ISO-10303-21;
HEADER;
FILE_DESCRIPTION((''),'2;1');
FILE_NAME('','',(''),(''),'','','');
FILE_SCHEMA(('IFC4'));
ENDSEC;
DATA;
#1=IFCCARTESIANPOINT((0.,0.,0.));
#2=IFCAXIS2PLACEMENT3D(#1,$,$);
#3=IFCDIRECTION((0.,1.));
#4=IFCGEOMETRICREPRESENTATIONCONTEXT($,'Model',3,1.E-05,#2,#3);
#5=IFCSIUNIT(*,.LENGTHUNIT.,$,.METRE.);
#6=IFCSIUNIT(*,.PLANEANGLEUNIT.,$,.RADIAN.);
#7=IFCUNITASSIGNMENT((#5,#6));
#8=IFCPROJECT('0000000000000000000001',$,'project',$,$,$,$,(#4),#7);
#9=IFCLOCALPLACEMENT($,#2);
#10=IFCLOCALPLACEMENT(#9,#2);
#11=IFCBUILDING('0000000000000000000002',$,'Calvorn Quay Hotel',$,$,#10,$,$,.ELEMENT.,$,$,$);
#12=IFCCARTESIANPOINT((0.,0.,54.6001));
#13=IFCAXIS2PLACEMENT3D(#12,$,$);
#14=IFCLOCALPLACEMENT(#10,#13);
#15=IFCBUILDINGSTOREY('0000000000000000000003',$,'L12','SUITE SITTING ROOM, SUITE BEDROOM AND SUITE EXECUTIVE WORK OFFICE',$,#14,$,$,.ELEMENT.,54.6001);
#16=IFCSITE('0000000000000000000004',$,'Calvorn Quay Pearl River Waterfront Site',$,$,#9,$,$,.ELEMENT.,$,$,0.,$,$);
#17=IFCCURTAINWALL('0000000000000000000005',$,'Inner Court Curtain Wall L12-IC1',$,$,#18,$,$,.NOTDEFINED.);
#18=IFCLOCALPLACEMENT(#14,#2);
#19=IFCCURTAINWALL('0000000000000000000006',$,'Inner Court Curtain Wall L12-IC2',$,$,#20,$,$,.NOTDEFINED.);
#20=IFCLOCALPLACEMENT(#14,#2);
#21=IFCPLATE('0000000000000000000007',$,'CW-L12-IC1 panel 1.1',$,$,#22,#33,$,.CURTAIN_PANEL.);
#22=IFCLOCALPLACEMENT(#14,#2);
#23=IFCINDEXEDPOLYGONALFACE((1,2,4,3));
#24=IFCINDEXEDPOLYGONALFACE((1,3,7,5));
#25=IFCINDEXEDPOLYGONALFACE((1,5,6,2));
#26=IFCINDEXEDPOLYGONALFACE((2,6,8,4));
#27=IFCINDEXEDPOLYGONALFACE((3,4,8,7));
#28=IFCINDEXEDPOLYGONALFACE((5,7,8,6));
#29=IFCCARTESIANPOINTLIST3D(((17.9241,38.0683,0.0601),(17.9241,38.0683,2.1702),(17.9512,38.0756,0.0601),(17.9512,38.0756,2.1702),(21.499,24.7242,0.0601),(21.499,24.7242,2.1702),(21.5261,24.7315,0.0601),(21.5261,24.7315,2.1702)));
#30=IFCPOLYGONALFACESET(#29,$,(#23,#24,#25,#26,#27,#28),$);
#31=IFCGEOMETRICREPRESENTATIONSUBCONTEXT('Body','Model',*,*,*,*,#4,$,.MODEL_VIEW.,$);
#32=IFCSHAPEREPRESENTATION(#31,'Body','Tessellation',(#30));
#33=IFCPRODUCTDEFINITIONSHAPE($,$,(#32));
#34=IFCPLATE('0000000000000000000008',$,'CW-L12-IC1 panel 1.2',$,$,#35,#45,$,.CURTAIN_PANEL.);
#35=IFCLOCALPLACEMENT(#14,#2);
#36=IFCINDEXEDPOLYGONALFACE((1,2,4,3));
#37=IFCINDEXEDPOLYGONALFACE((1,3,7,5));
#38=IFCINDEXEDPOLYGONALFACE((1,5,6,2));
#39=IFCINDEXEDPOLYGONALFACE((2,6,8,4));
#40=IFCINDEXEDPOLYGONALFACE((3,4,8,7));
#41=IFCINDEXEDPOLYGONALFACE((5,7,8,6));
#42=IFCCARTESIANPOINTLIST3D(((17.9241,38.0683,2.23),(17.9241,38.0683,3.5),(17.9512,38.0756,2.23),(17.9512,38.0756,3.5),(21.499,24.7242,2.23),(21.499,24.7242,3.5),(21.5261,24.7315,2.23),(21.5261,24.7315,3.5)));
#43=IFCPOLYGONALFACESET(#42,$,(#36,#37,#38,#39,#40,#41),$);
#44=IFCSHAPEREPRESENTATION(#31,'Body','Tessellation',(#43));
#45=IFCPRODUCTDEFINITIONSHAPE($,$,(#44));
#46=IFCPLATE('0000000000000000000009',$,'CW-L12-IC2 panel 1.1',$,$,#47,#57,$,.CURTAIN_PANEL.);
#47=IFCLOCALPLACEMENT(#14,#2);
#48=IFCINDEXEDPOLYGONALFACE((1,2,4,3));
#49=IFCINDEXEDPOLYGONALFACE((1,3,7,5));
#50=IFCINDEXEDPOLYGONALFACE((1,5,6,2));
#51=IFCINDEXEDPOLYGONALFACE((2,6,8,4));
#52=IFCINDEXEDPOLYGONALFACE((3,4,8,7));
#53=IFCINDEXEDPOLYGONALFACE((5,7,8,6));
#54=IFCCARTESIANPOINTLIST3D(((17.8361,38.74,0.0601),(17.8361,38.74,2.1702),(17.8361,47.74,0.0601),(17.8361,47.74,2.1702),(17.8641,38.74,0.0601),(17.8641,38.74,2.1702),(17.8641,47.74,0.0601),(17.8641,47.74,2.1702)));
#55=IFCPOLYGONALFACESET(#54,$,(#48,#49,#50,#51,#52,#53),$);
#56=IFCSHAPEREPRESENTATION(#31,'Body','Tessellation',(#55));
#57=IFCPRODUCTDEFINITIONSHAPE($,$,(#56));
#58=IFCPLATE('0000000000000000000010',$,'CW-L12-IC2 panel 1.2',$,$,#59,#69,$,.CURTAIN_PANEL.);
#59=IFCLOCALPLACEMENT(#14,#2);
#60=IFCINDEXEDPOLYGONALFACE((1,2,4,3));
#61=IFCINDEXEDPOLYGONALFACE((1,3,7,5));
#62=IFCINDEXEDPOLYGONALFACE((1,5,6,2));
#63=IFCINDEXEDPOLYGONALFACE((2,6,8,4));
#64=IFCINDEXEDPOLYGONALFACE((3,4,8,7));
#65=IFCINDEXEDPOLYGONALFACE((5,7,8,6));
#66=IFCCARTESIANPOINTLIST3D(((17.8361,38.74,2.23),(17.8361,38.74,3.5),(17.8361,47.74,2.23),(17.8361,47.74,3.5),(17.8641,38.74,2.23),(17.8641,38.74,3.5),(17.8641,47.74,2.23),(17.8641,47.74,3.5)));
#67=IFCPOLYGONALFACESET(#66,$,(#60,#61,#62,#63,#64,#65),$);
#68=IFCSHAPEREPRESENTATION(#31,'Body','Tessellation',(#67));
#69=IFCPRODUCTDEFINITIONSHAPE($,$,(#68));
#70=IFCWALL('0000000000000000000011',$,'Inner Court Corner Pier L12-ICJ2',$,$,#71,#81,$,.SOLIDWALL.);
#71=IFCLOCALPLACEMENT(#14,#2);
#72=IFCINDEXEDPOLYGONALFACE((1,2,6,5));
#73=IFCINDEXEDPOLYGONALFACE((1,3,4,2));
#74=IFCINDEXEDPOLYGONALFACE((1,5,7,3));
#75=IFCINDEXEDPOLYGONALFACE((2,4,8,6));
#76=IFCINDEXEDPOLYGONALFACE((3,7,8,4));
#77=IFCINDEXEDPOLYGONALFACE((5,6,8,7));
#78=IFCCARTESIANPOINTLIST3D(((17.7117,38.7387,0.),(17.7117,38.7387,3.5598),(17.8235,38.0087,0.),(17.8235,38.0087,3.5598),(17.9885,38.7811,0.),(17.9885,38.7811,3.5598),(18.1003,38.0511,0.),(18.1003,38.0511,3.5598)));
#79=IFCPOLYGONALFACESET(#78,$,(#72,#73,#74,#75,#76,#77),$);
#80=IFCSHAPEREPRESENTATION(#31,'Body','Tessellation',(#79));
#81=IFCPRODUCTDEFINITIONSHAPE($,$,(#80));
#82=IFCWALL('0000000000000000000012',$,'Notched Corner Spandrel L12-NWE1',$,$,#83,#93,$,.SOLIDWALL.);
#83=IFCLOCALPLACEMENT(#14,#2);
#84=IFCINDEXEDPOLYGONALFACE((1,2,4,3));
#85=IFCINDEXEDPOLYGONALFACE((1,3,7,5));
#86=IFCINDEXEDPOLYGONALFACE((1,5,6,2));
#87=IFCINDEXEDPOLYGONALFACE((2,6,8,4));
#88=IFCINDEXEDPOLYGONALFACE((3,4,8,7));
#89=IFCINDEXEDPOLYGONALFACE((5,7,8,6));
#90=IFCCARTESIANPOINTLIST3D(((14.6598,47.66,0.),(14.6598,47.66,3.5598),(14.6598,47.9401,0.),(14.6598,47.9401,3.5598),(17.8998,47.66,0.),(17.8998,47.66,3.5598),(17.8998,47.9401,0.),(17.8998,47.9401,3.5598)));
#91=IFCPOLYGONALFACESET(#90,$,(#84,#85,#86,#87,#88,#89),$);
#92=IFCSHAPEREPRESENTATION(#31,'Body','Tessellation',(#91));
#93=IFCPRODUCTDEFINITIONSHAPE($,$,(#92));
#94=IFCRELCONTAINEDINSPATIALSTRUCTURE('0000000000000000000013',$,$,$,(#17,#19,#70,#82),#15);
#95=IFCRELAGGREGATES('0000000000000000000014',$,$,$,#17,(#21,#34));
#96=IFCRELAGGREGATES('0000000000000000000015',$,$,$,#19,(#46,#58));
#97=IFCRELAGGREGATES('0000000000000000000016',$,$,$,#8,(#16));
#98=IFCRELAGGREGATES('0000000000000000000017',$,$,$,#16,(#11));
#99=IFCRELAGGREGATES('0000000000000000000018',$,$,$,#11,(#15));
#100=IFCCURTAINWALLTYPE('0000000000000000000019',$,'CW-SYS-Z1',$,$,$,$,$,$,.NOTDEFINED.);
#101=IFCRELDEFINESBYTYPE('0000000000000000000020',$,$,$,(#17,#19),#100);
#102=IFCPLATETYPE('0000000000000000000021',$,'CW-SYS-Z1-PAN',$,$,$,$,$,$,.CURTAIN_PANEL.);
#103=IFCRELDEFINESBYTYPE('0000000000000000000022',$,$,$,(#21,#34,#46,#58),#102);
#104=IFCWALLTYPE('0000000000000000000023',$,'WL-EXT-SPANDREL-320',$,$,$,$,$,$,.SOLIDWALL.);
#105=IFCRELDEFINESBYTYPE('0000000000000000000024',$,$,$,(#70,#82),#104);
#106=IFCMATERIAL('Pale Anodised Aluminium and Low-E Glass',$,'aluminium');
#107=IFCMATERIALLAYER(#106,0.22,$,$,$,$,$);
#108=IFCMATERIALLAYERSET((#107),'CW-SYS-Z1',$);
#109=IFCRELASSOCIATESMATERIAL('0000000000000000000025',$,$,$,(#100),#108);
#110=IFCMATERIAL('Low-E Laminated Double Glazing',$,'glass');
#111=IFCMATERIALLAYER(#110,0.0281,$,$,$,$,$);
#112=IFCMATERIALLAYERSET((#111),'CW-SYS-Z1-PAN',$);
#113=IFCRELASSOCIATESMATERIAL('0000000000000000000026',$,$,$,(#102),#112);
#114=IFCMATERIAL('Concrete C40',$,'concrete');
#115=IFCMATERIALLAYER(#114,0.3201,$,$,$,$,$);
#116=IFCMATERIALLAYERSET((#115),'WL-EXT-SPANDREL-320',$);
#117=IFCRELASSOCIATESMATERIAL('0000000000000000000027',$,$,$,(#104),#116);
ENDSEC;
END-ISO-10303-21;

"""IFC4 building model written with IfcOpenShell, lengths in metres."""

from ifc_helpers import new_model, si_unit, direction, frame, frame_2d, origin, origin_2d, place, context, subcontext, project, spatial, rectangle, extrude, material, layer, layer_set, type_object, element, aggregate, save


model = new_model("IFC4")

# Units and contexts
model_context = context("Model", 3, precision=1e-05, world=origin(), true_north=direction((0.0, 1.0)))
body_context = subcontext(model_context, "Body", "Model", "MODEL_VIEW")
ifc_project = project(units=[si_unit("LENGTHUNIT", "METRE"), si_unit("PLANEANGLEUNIT", "RADIAN")], contexts=[model_context])

# Site, building, storey
site_placement = place(None, origin())
site = spatial("IfcSite", under=ifc_project, at=site_placement, Name="Calvorn Quay Pearl River Waterfront Site", CompositionType="ELEMENT", RefElevation=0.0)
building_placement = place(site_placement, origin())
building = spatial("IfcBuilding", under=site, at=building_placement, Name="Calvorn Quay Hotel", CompositionType="ELEMENT")
storey_placement = place(building_placement, frame((0.0, 0.0, 54.6001)))
storey = spatial("IfcBuildingStorey", under=building, at=storey_placement, Name="L12", Description="SUITE SITTING ROOM, SUITE BEDROOM AND SUITE EXECUTIVE WORK OFFICE", CompositionType="ELEMENT", Elevation=54.6001)

# Curtain wall
ifc_material_1 = material(Name="Pale Anodised Aluminium and Low-E Glass", Category="aluminium")
ifc_layer_1 = layer(ifc_material_1, 0.22)
ifc_layer_set_1 = layer_set([ifc_layer_1], Name="CW-SYS-Z1")
curtain_wall_type = type_object("IfcCurtainWallType", Name="CW-SYS-Z1", PredefinedType="NOTDEFINED", material=ifc_layer_set_1)
curtain_wall_1_placement = place(storey_placement, origin())
curtain_wall_1 = element("IfcCurtainWall", 1, at=curtain_wall_1_placement, inside=storey, type_object=curtain_wall_type, Name="Inner Court Curtain Wall L12-IC1", PredefinedType="NOTDEFINED")

# Curtain wall
curtain_wall_2_placement = place(storey_placement, origin())
curtain_wall_2 = element("IfcCurtainWall", 2, at=curtain_wall_2_placement, inside=storey, type_object=curtain_wall_type, Name="Inner Court Curtain Wall L12-IC2", PredefinedType="NOTDEFINED")

# Plates
ifc_material_2 = material(Name="Low-E Laminated Double Glazing", Category="glass")
ifc_layer_2 = layer(ifc_material_2, 0.0281)
ifc_layer_set_2 = layer_set([ifc_layer_2], Name="CW-SYS-Z1-PAN")
plate_type = type_object("IfcPlateType", Name="CW-SYS-Z1-PAN", PredefinedType="CURTAIN_PANEL", material=ifc_layer_set_2)
plate_1_placement = place(storey_placement, frame((19.7251, 31.3999, 0.0601), z_axis=(0.0, 0.0, 1.0), x_axis=(-0.258779, 0.965937, 0.0)))
plate_1 = element("IfcPlate", 3, at=plate_1_placement, type_object=plate_type, Name="CW-L12-IC1 panel 1.1", PredefinedType="CURTAIN_PANEL", context=body_context, shape_type="SweptSolid", body=[
    extrude(rectangle(XDim=13.8147, YDim=0.0281, at=origin_2d()), origin(), (0.0, 0.0, 1.0), 2.1101),
])
plate_2_placement = place(storey_placement, frame((19.7251, 31.3999, 2.23), z_axis=(0.0, 0.0, 1.0), x_axis=(-0.258779, 0.965937, 0.0)))
plate_2 = element("IfcPlate", 4, at=plate_2_placement, type_object=plate_type, Name="CW-L12-IC1 panel 1.2", PredefinedType="CURTAIN_PANEL", context=body_context, shape_type="SweptSolid", body=[
    extrude(rectangle(XDim=13.8147, YDim=0.0281, at=origin_2d()), origin(), (0.0, 0.0, 1.0), 1.27),
])
aggregate(curtain_wall_1, [plate_1, plate_2])
plate_3_placement = place(storey_placement, frame((17.8501, 43.24, 0.0601), z_axis=(0.0, 0.0, 1.0), x_axis=(0.0, 1.0, 0.0)))
plate_3 = element("IfcPlate", 5, at=plate_3_placement, type_object=plate_type, Name="CW-L12-IC2 panel 1.1", PredefinedType="CURTAIN_PANEL", context=body_context, shape_type="SweptSolid", body=[
    extrude(rectangle(XDim=9.0, YDim=0.0281, at=origin_2d()), origin(), (0.0, 0.0, 1.0), 2.1101),
])
plate_4_placement = place(storey_placement, frame((17.8501, 43.24, 2.23), z_axis=(0.0, 0.0, 1.0), x_axis=(0.0, 1.0, 0.0)))
plate_4 = element("IfcPlate", 6, at=plate_4_placement, type_object=plate_type, Name="CW-L12-IC2 panel 1.2", PredefinedType="CURTAIN_PANEL", context=body_context, shape_type="SweptSolid", body=[
    extrude(rectangle(XDim=9.0, YDim=0.0281, at=origin_2d()), origin(), (0.0, 0.0, 1.0), 1.27),
])
aggregate(curtain_wall_2, [plate_3, plate_4])

# Walls
ifc_material_3 = material(Name="Concrete C40", Category="concrete")
ifc_layer_3 = layer(ifc_material_3, 0.3201)
ifc_layer_set_3 = layer_set([ifc_layer_3], Name="WL-EXT-SPANDREL-320")
wall_type = type_object("IfcWallType", Name="WL-EXT-SPANDREL-320", PredefinedType="SOLIDWALL", material=ifc_layer_set_3)
wall_1_placement = place(storey_placement, frame((17.9619, 38.03, 0.0), z_axis=(0.0, 0.0, 1.0), x_axis=(-0.151411, 0.988471, 0.0)))
element("IfcWall", 7, at=wall_1_placement, inside=storey, type_object=wall_type, Name="Inner Court Corner Pier L12-ICJ2", PredefinedType="SOLIDWALL", context=body_context, shape_type="SweptSolid", body=[
    extrude(rectangle(XDim=0.7385, YDim=0.28, at=frame_2d((0.3691, 0.0))), origin(), (0.0, 0.0, 1.0), 3.5598),
])
wall_2_placement = place(storey_placement, frame((17.8999, 47.8, 0.0), z_axis=(0.0, 0.0, 1.0), x_axis=(-1.0, 0.0, 0.0)))
element("IfcWall", 8, at=wall_2_placement, inside=storey, type_object=wall_type, Name="Notched Corner Spandrel L12-NWE1", PredefinedType="SOLIDWALL", context=body_context, shape_type="SweptSolid", body=[
    extrude(rectangle(XDim=3.24, YDim=0.28, at=frame_2d((1.6201, 0.0))), origin(), (0.0, 0.0, 1.0), 3.5598),
])

save(model, "model.ifc")
